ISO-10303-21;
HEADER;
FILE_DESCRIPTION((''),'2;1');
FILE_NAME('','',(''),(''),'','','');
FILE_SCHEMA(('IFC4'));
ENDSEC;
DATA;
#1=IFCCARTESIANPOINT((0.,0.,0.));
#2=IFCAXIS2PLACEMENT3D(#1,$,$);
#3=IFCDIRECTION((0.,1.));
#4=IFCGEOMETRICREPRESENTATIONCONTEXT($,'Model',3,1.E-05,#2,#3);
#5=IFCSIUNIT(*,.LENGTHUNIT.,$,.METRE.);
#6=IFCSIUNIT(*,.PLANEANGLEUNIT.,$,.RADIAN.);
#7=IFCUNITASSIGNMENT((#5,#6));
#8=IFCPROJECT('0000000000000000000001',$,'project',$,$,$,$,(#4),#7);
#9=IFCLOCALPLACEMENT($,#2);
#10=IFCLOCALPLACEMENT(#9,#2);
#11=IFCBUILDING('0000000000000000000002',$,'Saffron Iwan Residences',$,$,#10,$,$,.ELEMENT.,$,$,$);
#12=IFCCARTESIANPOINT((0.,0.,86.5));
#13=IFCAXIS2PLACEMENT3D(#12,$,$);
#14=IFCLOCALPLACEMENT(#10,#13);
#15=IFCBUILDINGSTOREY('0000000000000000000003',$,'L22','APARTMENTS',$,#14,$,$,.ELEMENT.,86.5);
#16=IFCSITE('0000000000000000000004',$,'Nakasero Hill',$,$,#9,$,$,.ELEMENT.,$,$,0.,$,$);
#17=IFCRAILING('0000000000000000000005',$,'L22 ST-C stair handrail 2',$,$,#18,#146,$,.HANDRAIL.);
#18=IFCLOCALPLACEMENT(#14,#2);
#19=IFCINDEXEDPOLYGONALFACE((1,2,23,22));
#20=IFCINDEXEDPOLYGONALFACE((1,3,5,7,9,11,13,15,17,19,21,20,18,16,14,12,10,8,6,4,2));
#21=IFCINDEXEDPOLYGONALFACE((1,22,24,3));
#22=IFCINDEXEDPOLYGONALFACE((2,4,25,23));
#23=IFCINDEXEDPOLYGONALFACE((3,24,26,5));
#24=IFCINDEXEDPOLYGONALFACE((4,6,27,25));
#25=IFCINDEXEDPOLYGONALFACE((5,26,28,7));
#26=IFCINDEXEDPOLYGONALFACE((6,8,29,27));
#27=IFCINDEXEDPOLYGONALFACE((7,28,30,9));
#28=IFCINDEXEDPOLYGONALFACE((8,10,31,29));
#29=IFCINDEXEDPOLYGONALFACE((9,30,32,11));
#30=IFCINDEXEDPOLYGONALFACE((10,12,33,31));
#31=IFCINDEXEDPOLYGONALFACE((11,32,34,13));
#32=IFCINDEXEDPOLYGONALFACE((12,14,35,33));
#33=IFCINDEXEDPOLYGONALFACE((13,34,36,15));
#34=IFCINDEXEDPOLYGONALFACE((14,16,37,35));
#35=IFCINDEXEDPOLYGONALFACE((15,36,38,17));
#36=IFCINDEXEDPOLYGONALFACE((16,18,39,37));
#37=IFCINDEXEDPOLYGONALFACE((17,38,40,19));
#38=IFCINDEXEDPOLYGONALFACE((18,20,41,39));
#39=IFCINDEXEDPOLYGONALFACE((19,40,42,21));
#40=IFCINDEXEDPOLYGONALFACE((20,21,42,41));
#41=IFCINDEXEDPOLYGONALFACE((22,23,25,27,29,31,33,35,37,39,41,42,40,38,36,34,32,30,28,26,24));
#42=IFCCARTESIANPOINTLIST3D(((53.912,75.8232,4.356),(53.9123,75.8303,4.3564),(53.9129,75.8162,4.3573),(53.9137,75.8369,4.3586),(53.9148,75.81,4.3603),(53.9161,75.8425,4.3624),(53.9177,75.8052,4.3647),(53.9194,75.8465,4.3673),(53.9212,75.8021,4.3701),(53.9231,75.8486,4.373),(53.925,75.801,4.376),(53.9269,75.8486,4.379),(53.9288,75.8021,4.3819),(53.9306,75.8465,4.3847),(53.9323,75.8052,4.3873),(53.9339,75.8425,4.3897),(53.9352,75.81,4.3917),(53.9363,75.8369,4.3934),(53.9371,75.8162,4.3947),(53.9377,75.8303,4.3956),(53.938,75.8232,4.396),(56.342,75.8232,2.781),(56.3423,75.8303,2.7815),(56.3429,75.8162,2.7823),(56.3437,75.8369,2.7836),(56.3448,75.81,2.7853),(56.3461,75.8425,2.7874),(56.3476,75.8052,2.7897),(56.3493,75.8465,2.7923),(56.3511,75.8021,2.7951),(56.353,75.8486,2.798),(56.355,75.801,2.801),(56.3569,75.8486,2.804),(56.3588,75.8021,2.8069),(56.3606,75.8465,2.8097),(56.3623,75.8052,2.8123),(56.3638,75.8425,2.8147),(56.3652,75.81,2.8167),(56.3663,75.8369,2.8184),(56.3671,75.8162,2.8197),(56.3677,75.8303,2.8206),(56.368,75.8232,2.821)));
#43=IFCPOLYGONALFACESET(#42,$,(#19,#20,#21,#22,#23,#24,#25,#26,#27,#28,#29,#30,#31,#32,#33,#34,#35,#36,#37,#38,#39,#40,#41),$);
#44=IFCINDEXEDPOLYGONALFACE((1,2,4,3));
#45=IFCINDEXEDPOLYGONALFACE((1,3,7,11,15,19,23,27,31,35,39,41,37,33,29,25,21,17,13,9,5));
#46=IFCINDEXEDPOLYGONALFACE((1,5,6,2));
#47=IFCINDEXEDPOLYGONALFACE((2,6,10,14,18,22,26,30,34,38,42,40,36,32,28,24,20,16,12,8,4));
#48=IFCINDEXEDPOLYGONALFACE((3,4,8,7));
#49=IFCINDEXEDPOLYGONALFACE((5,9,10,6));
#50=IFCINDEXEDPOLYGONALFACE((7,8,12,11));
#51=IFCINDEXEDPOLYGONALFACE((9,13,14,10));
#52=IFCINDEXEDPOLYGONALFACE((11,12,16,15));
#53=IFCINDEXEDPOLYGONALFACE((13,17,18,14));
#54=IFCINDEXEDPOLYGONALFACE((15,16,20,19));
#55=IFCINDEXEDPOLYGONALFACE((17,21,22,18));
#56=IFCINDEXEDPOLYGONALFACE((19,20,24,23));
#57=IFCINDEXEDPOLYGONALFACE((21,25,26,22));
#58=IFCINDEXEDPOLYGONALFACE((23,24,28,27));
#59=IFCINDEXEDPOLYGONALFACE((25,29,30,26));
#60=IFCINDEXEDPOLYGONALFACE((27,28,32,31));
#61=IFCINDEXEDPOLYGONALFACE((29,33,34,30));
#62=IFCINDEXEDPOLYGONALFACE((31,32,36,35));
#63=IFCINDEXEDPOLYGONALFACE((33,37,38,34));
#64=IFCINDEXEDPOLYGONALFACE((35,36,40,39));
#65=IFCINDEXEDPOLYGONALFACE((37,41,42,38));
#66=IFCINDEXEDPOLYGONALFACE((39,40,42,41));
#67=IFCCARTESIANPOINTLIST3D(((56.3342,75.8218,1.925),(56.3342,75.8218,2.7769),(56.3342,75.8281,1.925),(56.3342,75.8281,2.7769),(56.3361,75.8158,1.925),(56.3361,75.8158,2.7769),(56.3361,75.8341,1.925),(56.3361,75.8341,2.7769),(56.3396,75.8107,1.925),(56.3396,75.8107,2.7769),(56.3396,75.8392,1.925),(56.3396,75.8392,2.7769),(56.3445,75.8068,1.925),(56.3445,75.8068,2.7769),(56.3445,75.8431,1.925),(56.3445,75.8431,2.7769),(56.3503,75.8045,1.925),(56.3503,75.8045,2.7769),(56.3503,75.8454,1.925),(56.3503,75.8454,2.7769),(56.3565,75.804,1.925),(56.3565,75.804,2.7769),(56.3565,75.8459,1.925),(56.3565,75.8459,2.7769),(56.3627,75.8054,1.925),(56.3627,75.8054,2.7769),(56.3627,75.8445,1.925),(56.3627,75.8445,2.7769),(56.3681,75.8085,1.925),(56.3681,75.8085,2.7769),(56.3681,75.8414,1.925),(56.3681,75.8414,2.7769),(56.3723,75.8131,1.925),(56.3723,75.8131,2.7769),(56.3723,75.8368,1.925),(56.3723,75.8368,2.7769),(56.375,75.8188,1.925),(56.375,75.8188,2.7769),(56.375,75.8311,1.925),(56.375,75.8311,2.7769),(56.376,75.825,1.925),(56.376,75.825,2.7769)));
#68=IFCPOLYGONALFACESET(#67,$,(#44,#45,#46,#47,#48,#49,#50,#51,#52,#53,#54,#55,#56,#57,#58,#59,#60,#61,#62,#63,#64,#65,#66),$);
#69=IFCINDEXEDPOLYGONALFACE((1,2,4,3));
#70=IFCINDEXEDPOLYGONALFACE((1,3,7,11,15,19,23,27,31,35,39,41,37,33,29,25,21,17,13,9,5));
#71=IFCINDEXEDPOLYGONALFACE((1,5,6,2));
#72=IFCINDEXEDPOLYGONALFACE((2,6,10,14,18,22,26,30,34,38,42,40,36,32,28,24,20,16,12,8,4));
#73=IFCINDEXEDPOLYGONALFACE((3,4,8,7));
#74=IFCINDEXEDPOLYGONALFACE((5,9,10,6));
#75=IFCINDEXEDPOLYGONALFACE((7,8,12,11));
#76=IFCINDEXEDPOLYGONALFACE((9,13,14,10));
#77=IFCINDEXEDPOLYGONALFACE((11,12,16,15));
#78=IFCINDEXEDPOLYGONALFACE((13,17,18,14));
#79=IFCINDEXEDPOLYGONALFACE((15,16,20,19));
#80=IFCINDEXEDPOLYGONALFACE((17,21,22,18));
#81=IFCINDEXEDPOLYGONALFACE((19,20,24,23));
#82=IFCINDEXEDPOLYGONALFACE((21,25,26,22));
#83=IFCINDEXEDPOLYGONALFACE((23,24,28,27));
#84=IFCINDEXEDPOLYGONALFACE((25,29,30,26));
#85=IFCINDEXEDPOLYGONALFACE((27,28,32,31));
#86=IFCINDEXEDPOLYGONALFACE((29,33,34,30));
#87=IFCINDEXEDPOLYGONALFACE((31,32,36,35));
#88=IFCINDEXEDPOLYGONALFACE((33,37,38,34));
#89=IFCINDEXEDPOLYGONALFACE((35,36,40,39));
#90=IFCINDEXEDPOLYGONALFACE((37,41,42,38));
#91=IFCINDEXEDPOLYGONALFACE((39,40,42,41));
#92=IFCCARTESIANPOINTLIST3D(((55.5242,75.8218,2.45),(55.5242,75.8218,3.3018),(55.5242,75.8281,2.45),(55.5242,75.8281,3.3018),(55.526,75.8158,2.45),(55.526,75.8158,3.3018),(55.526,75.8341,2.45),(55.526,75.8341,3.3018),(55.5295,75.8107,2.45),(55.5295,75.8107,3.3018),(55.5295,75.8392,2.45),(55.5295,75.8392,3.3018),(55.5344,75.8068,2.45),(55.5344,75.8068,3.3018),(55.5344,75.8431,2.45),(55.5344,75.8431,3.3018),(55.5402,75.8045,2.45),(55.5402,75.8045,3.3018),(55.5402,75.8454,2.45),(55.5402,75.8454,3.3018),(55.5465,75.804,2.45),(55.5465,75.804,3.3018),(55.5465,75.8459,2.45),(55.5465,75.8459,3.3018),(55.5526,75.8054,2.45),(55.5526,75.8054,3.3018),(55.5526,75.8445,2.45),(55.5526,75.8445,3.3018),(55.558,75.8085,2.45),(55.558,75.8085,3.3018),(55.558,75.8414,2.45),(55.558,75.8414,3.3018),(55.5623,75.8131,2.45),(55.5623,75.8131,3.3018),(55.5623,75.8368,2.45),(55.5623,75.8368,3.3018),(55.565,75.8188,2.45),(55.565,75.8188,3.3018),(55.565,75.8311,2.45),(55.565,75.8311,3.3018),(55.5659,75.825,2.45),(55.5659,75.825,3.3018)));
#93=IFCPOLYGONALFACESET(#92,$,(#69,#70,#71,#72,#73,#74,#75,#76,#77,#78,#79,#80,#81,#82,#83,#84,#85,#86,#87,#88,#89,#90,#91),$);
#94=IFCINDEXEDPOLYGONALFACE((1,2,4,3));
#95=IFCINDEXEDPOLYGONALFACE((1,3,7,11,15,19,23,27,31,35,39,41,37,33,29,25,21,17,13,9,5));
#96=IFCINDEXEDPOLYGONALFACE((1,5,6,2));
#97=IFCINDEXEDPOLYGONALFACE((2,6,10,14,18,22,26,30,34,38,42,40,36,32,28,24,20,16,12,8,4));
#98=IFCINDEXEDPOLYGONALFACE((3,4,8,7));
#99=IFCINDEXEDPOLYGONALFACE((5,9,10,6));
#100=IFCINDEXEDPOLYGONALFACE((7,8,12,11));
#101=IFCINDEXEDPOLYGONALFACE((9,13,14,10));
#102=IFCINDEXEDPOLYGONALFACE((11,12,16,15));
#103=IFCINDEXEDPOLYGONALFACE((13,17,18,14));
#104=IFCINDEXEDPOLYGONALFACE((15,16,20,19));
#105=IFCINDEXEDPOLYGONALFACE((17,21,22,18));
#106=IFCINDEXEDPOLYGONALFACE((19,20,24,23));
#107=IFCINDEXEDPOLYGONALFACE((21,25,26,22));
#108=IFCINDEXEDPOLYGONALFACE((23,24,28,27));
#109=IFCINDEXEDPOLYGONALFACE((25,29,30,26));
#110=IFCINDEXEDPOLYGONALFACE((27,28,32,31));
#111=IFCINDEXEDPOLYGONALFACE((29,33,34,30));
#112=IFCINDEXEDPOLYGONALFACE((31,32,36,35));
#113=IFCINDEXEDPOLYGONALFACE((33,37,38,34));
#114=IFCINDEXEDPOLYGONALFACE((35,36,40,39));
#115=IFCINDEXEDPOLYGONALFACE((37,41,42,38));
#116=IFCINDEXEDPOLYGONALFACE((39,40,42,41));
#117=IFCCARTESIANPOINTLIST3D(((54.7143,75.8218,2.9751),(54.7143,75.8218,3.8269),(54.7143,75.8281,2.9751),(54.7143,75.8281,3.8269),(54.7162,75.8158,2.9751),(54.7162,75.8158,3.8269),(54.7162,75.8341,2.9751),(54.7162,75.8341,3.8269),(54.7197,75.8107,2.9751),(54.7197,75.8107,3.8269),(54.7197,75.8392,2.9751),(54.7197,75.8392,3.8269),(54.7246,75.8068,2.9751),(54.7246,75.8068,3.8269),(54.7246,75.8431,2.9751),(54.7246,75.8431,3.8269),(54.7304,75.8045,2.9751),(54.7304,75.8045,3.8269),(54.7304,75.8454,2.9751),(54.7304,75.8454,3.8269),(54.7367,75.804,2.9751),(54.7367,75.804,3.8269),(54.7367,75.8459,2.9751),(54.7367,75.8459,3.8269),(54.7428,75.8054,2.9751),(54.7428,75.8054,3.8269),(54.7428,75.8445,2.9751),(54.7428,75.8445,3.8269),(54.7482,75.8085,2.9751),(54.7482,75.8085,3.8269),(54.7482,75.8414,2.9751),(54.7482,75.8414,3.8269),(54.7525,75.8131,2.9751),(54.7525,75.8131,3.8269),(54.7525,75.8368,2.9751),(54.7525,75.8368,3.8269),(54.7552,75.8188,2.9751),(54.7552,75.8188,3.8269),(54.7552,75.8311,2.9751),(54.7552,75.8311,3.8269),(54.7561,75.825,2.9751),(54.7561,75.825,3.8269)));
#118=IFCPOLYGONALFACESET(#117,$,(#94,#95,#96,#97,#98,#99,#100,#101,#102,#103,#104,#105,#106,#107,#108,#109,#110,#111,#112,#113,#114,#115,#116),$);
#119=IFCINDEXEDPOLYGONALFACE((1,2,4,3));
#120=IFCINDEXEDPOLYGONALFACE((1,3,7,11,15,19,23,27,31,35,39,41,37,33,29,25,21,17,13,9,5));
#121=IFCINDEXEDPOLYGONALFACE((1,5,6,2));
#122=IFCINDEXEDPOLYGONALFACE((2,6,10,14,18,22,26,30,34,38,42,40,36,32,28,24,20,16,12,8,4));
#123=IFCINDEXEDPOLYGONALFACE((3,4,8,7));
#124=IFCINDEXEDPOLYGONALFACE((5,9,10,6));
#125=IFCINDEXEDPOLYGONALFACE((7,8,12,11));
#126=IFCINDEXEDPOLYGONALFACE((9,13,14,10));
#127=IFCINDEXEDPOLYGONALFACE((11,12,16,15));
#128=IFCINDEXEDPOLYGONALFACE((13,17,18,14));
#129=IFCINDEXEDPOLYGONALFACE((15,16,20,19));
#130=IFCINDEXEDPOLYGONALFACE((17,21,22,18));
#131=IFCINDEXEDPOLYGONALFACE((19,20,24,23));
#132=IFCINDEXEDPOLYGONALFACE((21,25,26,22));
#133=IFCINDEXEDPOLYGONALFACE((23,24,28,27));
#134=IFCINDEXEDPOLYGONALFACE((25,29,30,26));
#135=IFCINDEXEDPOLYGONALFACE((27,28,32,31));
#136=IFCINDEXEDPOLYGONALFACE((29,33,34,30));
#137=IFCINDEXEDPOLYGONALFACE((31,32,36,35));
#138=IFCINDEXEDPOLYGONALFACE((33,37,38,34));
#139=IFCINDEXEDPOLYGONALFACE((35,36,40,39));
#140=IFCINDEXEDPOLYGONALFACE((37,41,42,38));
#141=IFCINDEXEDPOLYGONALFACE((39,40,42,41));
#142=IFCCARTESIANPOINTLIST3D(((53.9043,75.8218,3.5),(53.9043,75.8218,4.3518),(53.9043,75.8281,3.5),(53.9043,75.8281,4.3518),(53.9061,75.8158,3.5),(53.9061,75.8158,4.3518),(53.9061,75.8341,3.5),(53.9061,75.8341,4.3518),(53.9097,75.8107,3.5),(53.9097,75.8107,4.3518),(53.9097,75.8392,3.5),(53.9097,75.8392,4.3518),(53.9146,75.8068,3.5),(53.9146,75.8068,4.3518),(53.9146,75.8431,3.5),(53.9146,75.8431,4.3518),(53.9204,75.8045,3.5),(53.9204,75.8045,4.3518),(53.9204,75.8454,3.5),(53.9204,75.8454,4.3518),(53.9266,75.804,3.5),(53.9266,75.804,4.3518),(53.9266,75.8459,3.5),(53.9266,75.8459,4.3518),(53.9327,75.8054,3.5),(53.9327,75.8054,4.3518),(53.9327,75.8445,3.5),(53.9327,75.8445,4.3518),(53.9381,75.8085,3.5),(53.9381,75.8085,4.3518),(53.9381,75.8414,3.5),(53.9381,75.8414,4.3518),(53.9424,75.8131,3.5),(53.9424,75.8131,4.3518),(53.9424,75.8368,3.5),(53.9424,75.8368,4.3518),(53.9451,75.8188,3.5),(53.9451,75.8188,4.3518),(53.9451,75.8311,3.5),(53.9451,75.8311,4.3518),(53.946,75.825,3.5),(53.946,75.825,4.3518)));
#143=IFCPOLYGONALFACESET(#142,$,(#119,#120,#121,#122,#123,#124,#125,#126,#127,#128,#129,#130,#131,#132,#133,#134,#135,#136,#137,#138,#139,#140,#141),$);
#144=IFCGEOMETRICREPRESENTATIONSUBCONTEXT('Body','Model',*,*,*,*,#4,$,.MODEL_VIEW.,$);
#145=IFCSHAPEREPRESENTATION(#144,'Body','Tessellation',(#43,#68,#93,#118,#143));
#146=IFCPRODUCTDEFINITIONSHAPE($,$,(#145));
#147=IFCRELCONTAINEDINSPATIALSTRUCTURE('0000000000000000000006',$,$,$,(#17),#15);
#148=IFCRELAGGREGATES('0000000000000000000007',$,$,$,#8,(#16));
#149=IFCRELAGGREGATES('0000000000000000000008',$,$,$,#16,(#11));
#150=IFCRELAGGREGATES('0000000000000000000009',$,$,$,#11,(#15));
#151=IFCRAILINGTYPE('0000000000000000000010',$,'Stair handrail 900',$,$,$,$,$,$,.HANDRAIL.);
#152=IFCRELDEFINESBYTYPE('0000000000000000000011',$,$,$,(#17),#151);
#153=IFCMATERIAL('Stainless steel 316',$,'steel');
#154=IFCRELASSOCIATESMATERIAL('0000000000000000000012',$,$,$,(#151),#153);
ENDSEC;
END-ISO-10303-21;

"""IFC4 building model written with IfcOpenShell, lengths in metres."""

from ifc_helpers import new_model, si_unit, direction, frame, origin, origin_2d, place, context, subcontext, project, spatial, circle, extrude, material, type_object, element, save


model = new_model("IFC4")

# Units and contexts
model_context = context("Model", 3, precision=1e-05, world=origin(), true_north=direction((0.0, 1.0)))
body_context = subcontext(model_context, "Body", "Model", "MODEL_VIEW")
ifc_project = project(units=[si_unit("LENGTHUNIT", "METRE"), si_unit("PLANEANGLEUNIT", "RADIAN")], contexts=[model_context])

# Site, building, storey
site_placement = place(None, origin())
site = spatial("IfcSite", under=ifc_project, at=site_placement, Name="Nakasero Hill", CompositionType="ELEMENT", RefElevation=0.0)
building_placement = place(site_placement, origin())
building = spatial("IfcBuilding", under=site, at=building_placement, Name="Saffron Iwan Residences", CompositionType="ELEMENT")
storey_placement = place(building_placement, frame((0.0, 0.0, 86.5)))
storey = spatial("IfcBuildingStorey", under=building, at=storey_placement, Name="L22", Description="APARTMENTS", CompositionType="ELEMENT", Elevation=86.5)

# Railing
ifc_material_1 = material(Name="Stainless steel 316", Category="steel")
railing_type_1 = type_object("IfcRailingType", Name="Stair handrail 900", PredefinedType="HANDRAIL", material=ifc_material_1)
railing_1_placement = place(storey_placement, frame((56.355, 75.825, 1.925)))
element("IfcRailing", 1, at=railing_1_placement, inside=storey, type_object=railing_type_1, Name="L22 ST-C stair handrail 2", PredefinedType="HANDRAIL", context=body_context, shape_type="SweptSolid", body=[
    extrude(circle(Radius=0.0239, at=origin_2d()), frame((0.0, 0.0, 0.876), z_axis=(-0.839154, 0.0, 0.543894), x_axis=(0.0, -1.0, 0.0)), (0.0, 0.0, 1.0), 2.8958),
    extrude(circle(Radius=0.021, at=origin_2d()), origin(), (0.0, 0.0, 1.0), 0.8518),
    extrude(circle(Radius=0.021, at=origin_2d()), frame((-0.8101, 0.0, 0.5249)), (0.0, 0.0, 1.0), 0.8518),
    extrude(circle(Radius=0.021, at=origin_2d()), frame((-1.6199, 0.0, 1.05)), (0.0, 0.0, 1.0), 0.8518),
    extrude(circle(Radius=0.021, at=origin_2d()), frame((-2.4299, 0.0, 1.575)), (0.0, 0.0, 1.0), 0.8518),
])

save(model, "model.ifc")
